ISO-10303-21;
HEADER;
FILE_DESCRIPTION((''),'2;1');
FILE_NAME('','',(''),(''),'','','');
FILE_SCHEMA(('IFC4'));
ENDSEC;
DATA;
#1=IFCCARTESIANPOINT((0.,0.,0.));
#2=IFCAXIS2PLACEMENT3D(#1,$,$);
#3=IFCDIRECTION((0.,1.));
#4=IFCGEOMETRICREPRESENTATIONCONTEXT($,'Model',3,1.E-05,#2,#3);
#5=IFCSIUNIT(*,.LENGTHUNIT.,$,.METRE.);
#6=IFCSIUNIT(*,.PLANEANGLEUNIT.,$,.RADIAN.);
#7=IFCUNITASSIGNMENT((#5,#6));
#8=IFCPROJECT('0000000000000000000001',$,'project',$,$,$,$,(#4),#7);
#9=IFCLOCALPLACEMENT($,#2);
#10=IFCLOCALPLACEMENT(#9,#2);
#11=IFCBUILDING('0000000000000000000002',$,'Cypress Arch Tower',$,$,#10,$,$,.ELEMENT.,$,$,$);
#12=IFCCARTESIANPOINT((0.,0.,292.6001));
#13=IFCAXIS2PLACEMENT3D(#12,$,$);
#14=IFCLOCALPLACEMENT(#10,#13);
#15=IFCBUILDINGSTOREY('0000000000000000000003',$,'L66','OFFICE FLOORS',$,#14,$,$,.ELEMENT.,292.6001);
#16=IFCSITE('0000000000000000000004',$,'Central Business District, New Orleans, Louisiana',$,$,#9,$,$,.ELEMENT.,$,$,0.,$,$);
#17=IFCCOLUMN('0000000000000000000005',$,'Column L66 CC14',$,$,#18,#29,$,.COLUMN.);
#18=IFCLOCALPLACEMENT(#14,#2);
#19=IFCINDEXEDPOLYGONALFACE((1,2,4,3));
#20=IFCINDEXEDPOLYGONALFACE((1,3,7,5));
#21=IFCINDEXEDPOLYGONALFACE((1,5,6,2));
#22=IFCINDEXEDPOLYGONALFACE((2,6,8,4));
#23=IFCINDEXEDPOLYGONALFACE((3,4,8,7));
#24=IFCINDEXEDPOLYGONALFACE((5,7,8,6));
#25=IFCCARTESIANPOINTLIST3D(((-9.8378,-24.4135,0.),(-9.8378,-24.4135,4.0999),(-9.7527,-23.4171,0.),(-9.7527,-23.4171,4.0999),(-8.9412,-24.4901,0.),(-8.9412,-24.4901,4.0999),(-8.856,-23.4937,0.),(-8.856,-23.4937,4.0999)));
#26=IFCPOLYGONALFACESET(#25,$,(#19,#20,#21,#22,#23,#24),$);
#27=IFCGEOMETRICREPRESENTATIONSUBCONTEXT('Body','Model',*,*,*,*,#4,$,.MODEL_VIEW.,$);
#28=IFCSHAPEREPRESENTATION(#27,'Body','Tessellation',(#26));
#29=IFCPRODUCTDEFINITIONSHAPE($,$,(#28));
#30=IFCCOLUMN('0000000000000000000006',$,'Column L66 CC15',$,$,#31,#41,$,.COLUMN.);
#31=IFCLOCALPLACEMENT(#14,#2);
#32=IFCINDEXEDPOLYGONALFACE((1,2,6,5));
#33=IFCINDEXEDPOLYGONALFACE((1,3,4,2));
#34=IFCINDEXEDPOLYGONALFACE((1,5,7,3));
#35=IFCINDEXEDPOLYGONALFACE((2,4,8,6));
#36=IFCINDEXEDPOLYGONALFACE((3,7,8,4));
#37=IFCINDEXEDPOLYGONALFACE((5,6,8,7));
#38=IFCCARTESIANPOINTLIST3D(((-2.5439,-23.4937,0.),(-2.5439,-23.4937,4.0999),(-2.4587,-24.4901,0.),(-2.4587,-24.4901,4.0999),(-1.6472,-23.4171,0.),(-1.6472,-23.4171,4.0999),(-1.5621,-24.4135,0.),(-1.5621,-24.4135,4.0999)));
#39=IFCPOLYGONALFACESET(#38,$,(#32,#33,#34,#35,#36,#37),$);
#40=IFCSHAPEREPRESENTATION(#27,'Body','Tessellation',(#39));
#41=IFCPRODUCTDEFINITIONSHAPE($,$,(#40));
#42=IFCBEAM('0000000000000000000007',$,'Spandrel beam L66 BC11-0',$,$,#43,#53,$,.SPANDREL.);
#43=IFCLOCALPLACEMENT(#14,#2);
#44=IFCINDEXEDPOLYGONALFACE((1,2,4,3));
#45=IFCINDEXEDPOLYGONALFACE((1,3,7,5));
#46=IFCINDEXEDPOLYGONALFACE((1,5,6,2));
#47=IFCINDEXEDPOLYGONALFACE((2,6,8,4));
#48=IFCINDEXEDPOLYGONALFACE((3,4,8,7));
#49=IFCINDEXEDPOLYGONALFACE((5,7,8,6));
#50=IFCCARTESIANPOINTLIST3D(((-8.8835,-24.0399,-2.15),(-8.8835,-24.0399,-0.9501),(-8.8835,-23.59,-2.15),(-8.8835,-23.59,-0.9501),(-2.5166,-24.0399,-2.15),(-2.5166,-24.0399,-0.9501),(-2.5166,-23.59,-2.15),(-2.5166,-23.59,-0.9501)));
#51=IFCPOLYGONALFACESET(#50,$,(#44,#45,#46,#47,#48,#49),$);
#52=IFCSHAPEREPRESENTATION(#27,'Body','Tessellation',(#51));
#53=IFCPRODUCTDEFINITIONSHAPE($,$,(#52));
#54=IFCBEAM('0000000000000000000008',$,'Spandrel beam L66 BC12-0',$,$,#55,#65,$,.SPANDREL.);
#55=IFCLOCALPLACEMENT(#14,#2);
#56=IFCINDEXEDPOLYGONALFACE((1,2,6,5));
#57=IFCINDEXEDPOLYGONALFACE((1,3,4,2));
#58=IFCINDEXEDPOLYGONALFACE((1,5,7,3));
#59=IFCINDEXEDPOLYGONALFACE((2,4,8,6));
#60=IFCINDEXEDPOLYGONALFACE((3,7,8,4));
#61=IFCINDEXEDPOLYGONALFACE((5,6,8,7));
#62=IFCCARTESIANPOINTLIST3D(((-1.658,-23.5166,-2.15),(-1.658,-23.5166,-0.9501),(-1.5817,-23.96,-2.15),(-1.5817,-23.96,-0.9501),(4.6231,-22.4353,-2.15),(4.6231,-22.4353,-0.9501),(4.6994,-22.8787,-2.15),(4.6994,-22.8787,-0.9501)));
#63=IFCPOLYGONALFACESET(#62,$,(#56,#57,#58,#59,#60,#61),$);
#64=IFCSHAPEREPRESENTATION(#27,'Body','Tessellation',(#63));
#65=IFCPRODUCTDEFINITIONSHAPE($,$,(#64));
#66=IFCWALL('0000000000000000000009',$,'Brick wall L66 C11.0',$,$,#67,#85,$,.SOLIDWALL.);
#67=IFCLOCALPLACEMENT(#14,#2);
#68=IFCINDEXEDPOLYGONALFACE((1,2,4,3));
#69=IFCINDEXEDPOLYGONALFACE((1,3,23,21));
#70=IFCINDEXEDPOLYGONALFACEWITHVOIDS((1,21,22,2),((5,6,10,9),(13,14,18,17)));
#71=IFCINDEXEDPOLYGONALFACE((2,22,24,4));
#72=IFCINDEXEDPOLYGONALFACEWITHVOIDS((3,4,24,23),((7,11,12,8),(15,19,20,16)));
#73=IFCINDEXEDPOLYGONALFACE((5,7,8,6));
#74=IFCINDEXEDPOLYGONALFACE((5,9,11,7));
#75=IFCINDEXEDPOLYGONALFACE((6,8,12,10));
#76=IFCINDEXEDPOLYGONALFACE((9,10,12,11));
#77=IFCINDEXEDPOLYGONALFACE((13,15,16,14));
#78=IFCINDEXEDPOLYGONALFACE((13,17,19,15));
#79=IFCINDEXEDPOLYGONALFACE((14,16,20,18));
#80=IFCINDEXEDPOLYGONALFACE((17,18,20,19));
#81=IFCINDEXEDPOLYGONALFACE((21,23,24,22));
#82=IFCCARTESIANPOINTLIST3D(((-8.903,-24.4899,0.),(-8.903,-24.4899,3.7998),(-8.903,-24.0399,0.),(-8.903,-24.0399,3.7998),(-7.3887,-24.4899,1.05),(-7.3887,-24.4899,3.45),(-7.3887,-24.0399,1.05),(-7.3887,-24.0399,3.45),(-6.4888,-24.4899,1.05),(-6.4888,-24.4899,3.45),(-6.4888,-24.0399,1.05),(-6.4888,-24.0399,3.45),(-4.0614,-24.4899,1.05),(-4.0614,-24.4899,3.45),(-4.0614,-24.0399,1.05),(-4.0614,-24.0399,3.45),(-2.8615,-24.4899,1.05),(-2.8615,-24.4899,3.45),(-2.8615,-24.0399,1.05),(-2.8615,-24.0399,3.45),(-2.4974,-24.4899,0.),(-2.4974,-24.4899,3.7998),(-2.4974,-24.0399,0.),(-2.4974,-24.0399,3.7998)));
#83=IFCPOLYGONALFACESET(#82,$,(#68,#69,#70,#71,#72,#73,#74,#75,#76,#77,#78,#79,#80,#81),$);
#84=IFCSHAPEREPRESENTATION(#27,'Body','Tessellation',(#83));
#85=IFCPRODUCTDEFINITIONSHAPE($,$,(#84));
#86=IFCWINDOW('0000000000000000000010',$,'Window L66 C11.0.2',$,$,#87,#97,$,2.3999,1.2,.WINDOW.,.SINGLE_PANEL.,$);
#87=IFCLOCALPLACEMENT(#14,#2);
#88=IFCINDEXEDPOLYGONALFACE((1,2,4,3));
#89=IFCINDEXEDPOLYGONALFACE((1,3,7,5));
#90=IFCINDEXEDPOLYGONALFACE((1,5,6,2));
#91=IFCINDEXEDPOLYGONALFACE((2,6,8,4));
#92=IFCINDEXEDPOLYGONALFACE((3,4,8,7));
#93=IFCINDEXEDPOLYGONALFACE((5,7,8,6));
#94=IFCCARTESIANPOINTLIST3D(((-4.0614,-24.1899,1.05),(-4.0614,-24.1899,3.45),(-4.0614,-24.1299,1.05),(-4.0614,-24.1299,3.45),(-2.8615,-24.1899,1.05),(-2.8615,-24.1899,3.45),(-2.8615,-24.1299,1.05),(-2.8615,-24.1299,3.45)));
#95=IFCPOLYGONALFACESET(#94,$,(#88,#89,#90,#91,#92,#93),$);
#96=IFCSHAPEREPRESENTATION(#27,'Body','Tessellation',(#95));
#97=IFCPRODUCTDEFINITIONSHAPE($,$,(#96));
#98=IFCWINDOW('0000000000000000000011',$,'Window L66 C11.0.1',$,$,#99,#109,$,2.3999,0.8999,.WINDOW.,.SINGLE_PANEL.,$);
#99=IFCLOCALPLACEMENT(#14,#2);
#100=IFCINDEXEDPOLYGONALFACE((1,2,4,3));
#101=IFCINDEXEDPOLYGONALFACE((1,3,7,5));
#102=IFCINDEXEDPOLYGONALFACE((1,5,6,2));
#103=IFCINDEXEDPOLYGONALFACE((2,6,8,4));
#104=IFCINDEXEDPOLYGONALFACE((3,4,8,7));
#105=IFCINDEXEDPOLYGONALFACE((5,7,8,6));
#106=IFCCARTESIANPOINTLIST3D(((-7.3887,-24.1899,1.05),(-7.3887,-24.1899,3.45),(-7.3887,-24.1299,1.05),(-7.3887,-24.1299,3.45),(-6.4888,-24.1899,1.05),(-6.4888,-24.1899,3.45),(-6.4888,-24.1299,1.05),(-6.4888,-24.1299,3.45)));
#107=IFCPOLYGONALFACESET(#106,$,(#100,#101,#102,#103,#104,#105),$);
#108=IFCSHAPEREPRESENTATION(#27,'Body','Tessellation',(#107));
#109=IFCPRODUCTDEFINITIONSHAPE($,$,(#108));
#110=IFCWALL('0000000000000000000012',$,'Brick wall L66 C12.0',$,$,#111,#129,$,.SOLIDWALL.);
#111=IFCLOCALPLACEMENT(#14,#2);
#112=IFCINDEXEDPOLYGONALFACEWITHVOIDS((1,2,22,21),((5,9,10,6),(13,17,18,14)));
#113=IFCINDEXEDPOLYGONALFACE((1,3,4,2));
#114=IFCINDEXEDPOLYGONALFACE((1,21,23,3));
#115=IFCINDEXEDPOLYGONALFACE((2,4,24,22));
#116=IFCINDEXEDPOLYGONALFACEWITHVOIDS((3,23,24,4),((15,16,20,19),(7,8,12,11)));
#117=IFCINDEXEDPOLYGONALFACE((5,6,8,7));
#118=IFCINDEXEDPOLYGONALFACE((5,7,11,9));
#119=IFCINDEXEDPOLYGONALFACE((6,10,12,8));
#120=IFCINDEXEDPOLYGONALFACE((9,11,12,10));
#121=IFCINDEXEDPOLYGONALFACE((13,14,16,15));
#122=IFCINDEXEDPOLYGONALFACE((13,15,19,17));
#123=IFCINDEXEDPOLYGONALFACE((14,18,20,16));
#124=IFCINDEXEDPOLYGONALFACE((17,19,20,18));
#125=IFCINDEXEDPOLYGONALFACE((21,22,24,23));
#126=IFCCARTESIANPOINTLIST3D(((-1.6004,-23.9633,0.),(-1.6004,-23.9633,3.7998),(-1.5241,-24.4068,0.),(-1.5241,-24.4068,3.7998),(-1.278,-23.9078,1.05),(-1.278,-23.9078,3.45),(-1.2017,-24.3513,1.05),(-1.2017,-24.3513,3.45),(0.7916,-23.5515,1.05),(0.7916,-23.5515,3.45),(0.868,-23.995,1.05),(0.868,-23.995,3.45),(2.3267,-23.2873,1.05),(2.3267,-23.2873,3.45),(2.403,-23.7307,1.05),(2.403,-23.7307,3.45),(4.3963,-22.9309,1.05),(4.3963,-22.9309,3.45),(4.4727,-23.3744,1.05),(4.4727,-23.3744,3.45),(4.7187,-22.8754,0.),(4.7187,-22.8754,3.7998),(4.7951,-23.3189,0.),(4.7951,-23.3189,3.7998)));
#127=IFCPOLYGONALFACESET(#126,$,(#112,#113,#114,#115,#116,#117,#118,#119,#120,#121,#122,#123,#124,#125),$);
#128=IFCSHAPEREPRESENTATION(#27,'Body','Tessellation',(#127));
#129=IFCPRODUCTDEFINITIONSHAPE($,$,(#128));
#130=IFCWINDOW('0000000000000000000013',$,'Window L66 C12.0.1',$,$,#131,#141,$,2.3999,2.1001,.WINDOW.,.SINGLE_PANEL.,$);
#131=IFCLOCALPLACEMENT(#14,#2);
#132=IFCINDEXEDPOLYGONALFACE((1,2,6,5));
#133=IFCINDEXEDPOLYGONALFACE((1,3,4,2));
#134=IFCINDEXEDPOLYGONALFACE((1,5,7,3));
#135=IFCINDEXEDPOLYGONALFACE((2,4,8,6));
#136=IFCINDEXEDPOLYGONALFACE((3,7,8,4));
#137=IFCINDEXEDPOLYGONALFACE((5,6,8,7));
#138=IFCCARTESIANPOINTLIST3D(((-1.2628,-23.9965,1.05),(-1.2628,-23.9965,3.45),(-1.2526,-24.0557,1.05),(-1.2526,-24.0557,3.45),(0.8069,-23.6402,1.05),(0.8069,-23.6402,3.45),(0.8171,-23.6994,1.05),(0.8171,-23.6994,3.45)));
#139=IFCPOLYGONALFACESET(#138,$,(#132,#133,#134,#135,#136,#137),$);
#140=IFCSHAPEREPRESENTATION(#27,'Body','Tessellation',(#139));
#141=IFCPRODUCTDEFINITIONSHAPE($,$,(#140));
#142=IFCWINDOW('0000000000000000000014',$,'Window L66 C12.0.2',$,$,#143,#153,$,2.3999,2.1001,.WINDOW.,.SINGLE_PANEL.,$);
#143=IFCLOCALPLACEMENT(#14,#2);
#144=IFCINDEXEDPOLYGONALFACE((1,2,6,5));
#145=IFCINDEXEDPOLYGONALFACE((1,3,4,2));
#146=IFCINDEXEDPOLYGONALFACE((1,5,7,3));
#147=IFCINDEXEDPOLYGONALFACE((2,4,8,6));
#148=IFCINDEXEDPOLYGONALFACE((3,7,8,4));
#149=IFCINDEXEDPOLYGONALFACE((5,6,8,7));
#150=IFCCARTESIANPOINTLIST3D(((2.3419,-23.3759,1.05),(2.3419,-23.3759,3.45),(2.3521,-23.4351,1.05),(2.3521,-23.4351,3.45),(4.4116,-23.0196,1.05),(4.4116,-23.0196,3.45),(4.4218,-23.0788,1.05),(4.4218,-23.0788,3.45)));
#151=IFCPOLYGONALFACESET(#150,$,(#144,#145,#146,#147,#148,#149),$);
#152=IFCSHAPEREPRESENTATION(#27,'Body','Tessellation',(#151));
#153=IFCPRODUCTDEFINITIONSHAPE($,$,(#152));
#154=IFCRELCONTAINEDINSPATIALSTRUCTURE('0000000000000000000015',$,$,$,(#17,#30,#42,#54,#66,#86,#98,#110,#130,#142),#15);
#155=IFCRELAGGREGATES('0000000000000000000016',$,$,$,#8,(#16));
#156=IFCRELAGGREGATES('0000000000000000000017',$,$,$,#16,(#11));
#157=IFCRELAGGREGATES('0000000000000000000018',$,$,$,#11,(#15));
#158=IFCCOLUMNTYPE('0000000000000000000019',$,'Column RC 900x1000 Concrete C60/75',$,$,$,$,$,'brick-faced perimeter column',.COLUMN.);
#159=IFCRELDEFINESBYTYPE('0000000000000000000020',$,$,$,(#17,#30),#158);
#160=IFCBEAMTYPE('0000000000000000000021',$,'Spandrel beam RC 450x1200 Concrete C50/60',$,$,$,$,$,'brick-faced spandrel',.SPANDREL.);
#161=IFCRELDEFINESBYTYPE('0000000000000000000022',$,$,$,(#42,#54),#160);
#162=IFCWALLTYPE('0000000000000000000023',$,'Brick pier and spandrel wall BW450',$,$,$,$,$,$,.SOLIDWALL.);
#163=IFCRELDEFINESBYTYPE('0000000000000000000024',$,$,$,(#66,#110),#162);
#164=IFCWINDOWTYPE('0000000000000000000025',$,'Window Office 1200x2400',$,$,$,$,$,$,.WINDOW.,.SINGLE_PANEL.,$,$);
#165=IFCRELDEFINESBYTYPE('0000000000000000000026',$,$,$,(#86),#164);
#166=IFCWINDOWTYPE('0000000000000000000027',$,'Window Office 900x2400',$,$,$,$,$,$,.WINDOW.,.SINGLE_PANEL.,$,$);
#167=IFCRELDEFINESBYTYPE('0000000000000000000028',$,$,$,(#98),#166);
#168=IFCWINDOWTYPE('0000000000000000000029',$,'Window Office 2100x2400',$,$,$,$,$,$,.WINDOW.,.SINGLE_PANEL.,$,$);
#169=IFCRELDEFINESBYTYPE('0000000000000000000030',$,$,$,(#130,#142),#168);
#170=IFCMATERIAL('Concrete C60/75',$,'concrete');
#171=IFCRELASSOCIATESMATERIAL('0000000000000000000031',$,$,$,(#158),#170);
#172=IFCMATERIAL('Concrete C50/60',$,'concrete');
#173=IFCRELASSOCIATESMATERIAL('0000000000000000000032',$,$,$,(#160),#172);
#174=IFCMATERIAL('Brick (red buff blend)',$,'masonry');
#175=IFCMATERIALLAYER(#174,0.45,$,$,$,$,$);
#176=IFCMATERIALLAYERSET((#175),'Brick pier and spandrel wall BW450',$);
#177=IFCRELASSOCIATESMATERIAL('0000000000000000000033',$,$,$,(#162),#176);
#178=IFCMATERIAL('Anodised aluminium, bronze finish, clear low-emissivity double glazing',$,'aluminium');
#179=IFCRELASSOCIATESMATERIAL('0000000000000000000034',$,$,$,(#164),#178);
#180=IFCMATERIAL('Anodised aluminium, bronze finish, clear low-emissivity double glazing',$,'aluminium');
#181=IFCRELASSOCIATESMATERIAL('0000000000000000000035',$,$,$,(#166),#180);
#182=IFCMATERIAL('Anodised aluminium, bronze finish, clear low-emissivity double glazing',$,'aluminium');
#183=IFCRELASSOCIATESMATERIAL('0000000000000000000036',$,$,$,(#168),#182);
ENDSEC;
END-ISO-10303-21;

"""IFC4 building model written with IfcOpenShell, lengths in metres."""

from ifc_helpers import new_model, si_unit, direction, frame, frame_2d, origin, origin_2d, place, context, subcontext, project, spatial, rectangle, extrude, material, layer, layer_set, material_profile, profile_set, type_object, element, fill, save


model = new_model("IFC4")

# Units and contexts
model_context = context("Model", 3, precision=1e-05, world=origin(), true_north=direction((0.0, 1.0)))
body_context = subcontext(model_context, "Body", "Model", "MODEL_VIEW")
ifc_project = project(units=[si_unit("LENGTHUNIT", "METRE"), si_unit("PLANEANGLEUNIT", "RADIAN")], contexts=[model_context])

# Site, building, storey
site_placement = place(None, origin())
site = spatial("IfcSite", under=ifc_project, at=site_placement, Name="Central Business District, New Orleans, Louisiana", CompositionType="ELEMENT", RefElevation=0.0)
building_placement = place(site_placement, origin())
building = spatial("IfcBuilding", under=site, at=building_placement, Name="Cypress Arch Tower", CompositionType="ELEMENT")
storey_placement = place(building_placement, frame((0.0, 0.0, 292.6001)))
storey = spatial("IfcBuildingStorey", under=building, at=storey_placement, Name="L66", Description="OFFICE FLOORS", CompositionType="ELEMENT", Elevation=292.6001)

# Columns
ifc_material_1 = material(Name="Concrete C60/75", Category="concrete")
ifc_material_profile_1 = material_profile(ifc_material_1, rectangle(XDim=0.8999, YDim=1.0, at=origin_2d()), Name="RC 900x1000")
ifc_profile_set_1 = profile_set([ifc_material_profile_1], Name="Concrete C60/75")
column_type = type_object("IfcColumnType", Name="Column RC 900x1000 Concrete C60/75", ElementType="brick-faced perimeter column", PredefinedType="COLUMN", material=ifc_profile_set_1)
for number, where, z_axis, x_axis, name in (
    (1, (-9.3469, -23.9536, 0.0), (0.0, 0.0, 1.0), (0.996368, -0.085149, 0.0), "Column L66 CC14"),
    (2, (-2.053, -23.9536, 0.0), (0.0, 0.0, 1.0), (0.996368, 0.085149, 0.0), "Column L66 CC15"),
):
    element("IfcColumn", number, at=place(storey_placement, frame(where, z_axis=z_axis, x_axis=x_axis)), inside=storey, type_object=column_type, Name=name, PredefinedType="COLUMN", context=body_context, shape_type="SweptSolid", body=[
        extrude(rectangle(XDim=0.8999, YDim=1.0, at=origin_2d()), origin(), (0.0, 0.0, 1.0), 4.0999),
    ])

# Beams
ifc_material_2 = material(Name="Concrete C50/60", Category="concrete")
ifc_material_profile_2 = material_profile(ifc_material_2, rectangle(XDim=0.45, YDim=1.2, at=origin_2d()), Name="RC 450x1200")
ifc_profile_set_2 = profile_set([ifc_material_profile_2], Name="Concrete C50/60")
beam_type = type_object("IfcBeamType", Name="Spandrel beam RC 450x1200 Concrete C50/60", ElementType="brick-faced spandrel", PredefinedType="SPANDREL", material=ifc_profile_set_2)
beam_1_placement = place(storey_placement, frame((-8.8835, -23.8149, -1.55), z_axis=(1.0, 0.0, 0.0), x_axis=(0.0, 1.0, 0.0)))
element("IfcBeam", 3, at=beam_1_placement, inside=storey, type_object=beam_type, Name="Spandrel beam L66 BC11-0", PredefinedType="SPANDREL", context=body_context, shape_type="SweptSolid", body=[
    extrude(rectangle(XDim=0.45, YDim=1.2, at=origin_2d()), origin(), (0.0, 0.0, 1.0), 6.3669),
])
beam_2_placement = place(storey_placement, frame((-1.6199, -23.7383, -1.55), z_axis=(0.985504, 0.169652, 0.0), x_axis=(-0.169652, 0.985504, 0.0)))
element("IfcBeam", 4, at=beam_2_placement, inside=storey, type_object=beam_type, Name="Spandrel beam L66 BC12-0", PredefinedType="SPANDREL", context=body_context, shape_type="SweptSolid", body=[
    extrude(rectangle(XDim=0.45, YDim=1.2, at=origin_2d()), origin(), (0.0, 0.0, 1.0), 6.3735),
])

# Walls, openings, windows
ifc_material_3 = material(Name="Brick (red buff blend)", Category="masonry")
ifc_layer_1 = layer(ifc_material_3, 0.45)
ifc_layer_set_1 = layer_set([ifc_layer_1], Name="Brick pier and spandrel wall BW450")
wall_type_1 = type_object("IfcWallType", Name="Brick pier and spandrel wall BW450", PredefinedType="SOLIDWALL", material=ifc_layer_set_1)
wall_1_placement = place(storey_placement, frame((-8.9028, -24.2649, 0.0), z_axis=(0.0, 0.0, 1.0), x_axis=(1.0, 0.0, 0.0)))
wall_1 = element("IfcWall", 5, at=wall_1_placement, inside=storey, type_object=wall_type_1, Name="Brick wall L66 C11.0", PredefinedType="SOLIDWALL", context=body_context, shape_type="SweptSolid", body=[
    extrude(rectangle(XDim=6.4055, YDim=0.45, at=frame_2d((3.2026, 0.0))), origin(), (0.0, 0.0, 1.0), 3.7998),
])
opening_1_placement = place(wall_1_placement, frame((1.5142, 0.0, 1.05)))
opening_1 = element("IfcOpeningElement", 6, at=opening_1_placement, cuts=wall_1, PredefinedType="OPENING", context=body_context, shape_type="SweptSolid", body=[
    extrude(rectangle(XDim=0.8999, YDim=2.3999, at=frame_2d((0.45, 1.2))), frame((0.0, 0.2349, 0.0), z_axis=(0.0, -1.0, 0.0), x_axis=(1.0, 0.0, 0.0)), (0.0, 0.0, 1.0), 0.47),
])
opening_2_placement = place(wall_1_placement, frame((4.8413, 0.0, 1.05)))
opening_2 = element("IfcOpeningElement", 7, at=opening_2_placement, cuts=wall_1, PredefinedType="OPENING", context=body_context, shape_type="SweptSolid", body=[
    extrude(rectangle(XDim=1.2, YDim=2.3999, at=frame_2d((0.6001, 1.2))), frame((0.0, 0.2349, 0.0), z_axis=(0.0, -1.0, 0.0), x_axis=(1.0, 0.0, 0.0)), (0.0, 0.0, 1.0), 0.47),
])
ifc_material_4 = material(Name="Anodised aluminium, bronze finish, clear low-emissivity double glazing", Category="aluminium")
window_type_1 = type_object("IfcWindowType", Name="Window Office 1200x2400", PartitioningType="SINGLE_PANEL", PredefinedType="WINDOW", material=ifc_material_4)
window_1_placement = place(opening_2_placement, origin())
window_1 = element("IfcWindow", 8, at=window_1_placement, inside=storey, type_object=window_type_1, Name="Window L66 C11.0.2", OverallHeight=2.3999, OverallWidth=1.2, PartitioningType="SINGLE_PANEL", PredefinedType="WINDOW", context=body_context, shape_type="SweptSolid", body=[
    extrude(rectangle(XDim=1.2, YDim=2.3999, at=frame_2d((0.6001, 1.2))), frame((0.0, 0.135, 0.0), z_axis=(0.0, -1.0, 0.0), x_axis=(1.0, 0.0, 0.0)), (0.0, 0.0, 1.0), 0.0601),
])
fill(opening_2, window_1)
ifc_material_5 = material(Name="Anodised aluminium, bronze finish, clear low-emissivity double glazing", Category="aluminium")
window_type_2 = type_object("IfcWindowType", Name="Window Office 900x2400", PartitioningType="SINGLE_PANEL", PredefinedType="WINDOW", material=ifc_material_5)
window_2_placement = place(opening_1_placement, origin())
window_2 = element("IfcWindow", 9, at=window_2_placement, inside=storey, type_object=window_type_2, Name="Window L66 C11.0.1", OverallHeight=2.3999, OverallWidth=0.8999, PartitioningType="SINGLE_PANEL", PredefinedType="WINDOW", context=body_context, shape_type="SweptSolid", body=[
    extrude(rectangle(XDim=0.8999, YDim=2.3999, at=frame_2d((0.45, 1.2))), frame((0.0, 0.135, 0.0), z_axis=(0.0, -1.0, 0.0), x_axis=(1.0, 0.0, 0.0)), (0.0, 0.0, 1.0), 0.0601),
])
fill(opening_1, window_2)
wall_2_placement = place(storey_placement, frame((-1.5623, -24.1851, 0.0), z_axis=(0.0, 0.0, 1.0), x_axis=(0.985502, 0.169663, 0.0)))
wall_2 = element("IfcWall", 10, at=wall_2_placement, inside=storey, type_object=wall_type_1, Name="Brick wall L66 C12.0", PredefinedType="SOLIDWALL", context=body_context, shape_type="SweptSolid", body=[
    extrude(rectangle(XDim=6.4121, YDim=0.45, at=frame_2d((3.2061, 0.0))), origin(), (0.0, 0.0, 1.0), 3.7998),
])
opening_3_placement = place(wall_2_placement, frame((0.3271, 0.0, 1.05)))
opening_3 = element("IfcOpeningElement", 11, at=opening_3_placement, cuts=wall_2, PredefinedType="OPENING", context=body_context, shape_type="SweptSolid", body=[
    extrude(rectangle(XDim=2.1001, YDim=2.3999, at=frame_2d((1.05, 1.2))), frame((0.0, 0.2349, 0.0), z_axis=(0.0, -1.0, 0.0), x_axis=(1.0, 0.0, 0.0)), (0.0, 0.0, 1.0), 0.47),
])
opening_4_placement = place(wall_2_placement, frame((3.9849, 0.0, 1.05)))
opening_4 = element("IfcOpeningElement", 12, at=opening_4_placement, cuts=wall_2, PredefinedType="OPENING", context=body_context, shape_type="SweptSolid", body=[
    extrude(rectangle(XDim=2.1001, YDim=2.3999, at=frame_2d((1.05, 1.2))), frame((0.0, 0.2349, 0.0), z_axis=(0.0, -1.0, 0.0), x_axis=(1.0, 0.0, 0.0)), (0.0, 0.0, 1.0), 0.47),
])
ifc_material_6 = material(Name="Anodised aluminium, bronze finish, clear low-emissivity double glazing", Category="aluminium")
window_type_3 = type_object("IfcWindowType", Name="Window Office 2100x2400", PartitioningType="SINGLE_PANEL", PredefinedType="WINDOW", material=ifc_material_6)
window_3_placement = place(opening_3_placement, origin())
window_3 = element("IfcWindow", 13, at=window_3_placement, inside=storey, type_object=window_type_3, Name="Window L66 C12.0.1", OverallHeight=2.3999, OverallWidth=2.1001, PartitioningType="SINGLE_PANEL", PredefinedType="WINDOW", context=body_context, shape_type="SweptSolid", body=[
    extrude(rectangle(XDim=2.1001, YDim=2.3999, at=frame_2d((1.05, 1.2))), frame((0.0, 0.135, 0.0), z_axis=(0.0, -1.0, 0.0), x_axis=(1.0, 0.0, 0.0)), (0.0, 0.0, 1.0), 0.0601),
])
fill(opening_3, window_3)
window_4_placement = place(opening_4_placement, origin())
window_4 = element("IfcWindow", 14, at=window_4_placement, inside=storey, type_object=window_type_3, Name="Window L66 C12.0.2", OverallHeight=2.3999, OverallWidth=2.1001, PartitioningType="SINGLE_PANEL", PredefinedType="WINDOW", context=body_context, shape_type="SweptSolid", body=[
    extrude(rectangle(XDim=2.1001, YDim=2.3999, at=frame_2d((1.05, 1.2))), frame((0.0, 0.135, 0.0), z_axis=(0.0, -1.0, 0.0), x_axis=(1.0, 0.0, 0.0)), (0.0, 0.0, 1.0), 0.0601),
])
fill(opening_4, window_4)

save(model, "model.ifc")
